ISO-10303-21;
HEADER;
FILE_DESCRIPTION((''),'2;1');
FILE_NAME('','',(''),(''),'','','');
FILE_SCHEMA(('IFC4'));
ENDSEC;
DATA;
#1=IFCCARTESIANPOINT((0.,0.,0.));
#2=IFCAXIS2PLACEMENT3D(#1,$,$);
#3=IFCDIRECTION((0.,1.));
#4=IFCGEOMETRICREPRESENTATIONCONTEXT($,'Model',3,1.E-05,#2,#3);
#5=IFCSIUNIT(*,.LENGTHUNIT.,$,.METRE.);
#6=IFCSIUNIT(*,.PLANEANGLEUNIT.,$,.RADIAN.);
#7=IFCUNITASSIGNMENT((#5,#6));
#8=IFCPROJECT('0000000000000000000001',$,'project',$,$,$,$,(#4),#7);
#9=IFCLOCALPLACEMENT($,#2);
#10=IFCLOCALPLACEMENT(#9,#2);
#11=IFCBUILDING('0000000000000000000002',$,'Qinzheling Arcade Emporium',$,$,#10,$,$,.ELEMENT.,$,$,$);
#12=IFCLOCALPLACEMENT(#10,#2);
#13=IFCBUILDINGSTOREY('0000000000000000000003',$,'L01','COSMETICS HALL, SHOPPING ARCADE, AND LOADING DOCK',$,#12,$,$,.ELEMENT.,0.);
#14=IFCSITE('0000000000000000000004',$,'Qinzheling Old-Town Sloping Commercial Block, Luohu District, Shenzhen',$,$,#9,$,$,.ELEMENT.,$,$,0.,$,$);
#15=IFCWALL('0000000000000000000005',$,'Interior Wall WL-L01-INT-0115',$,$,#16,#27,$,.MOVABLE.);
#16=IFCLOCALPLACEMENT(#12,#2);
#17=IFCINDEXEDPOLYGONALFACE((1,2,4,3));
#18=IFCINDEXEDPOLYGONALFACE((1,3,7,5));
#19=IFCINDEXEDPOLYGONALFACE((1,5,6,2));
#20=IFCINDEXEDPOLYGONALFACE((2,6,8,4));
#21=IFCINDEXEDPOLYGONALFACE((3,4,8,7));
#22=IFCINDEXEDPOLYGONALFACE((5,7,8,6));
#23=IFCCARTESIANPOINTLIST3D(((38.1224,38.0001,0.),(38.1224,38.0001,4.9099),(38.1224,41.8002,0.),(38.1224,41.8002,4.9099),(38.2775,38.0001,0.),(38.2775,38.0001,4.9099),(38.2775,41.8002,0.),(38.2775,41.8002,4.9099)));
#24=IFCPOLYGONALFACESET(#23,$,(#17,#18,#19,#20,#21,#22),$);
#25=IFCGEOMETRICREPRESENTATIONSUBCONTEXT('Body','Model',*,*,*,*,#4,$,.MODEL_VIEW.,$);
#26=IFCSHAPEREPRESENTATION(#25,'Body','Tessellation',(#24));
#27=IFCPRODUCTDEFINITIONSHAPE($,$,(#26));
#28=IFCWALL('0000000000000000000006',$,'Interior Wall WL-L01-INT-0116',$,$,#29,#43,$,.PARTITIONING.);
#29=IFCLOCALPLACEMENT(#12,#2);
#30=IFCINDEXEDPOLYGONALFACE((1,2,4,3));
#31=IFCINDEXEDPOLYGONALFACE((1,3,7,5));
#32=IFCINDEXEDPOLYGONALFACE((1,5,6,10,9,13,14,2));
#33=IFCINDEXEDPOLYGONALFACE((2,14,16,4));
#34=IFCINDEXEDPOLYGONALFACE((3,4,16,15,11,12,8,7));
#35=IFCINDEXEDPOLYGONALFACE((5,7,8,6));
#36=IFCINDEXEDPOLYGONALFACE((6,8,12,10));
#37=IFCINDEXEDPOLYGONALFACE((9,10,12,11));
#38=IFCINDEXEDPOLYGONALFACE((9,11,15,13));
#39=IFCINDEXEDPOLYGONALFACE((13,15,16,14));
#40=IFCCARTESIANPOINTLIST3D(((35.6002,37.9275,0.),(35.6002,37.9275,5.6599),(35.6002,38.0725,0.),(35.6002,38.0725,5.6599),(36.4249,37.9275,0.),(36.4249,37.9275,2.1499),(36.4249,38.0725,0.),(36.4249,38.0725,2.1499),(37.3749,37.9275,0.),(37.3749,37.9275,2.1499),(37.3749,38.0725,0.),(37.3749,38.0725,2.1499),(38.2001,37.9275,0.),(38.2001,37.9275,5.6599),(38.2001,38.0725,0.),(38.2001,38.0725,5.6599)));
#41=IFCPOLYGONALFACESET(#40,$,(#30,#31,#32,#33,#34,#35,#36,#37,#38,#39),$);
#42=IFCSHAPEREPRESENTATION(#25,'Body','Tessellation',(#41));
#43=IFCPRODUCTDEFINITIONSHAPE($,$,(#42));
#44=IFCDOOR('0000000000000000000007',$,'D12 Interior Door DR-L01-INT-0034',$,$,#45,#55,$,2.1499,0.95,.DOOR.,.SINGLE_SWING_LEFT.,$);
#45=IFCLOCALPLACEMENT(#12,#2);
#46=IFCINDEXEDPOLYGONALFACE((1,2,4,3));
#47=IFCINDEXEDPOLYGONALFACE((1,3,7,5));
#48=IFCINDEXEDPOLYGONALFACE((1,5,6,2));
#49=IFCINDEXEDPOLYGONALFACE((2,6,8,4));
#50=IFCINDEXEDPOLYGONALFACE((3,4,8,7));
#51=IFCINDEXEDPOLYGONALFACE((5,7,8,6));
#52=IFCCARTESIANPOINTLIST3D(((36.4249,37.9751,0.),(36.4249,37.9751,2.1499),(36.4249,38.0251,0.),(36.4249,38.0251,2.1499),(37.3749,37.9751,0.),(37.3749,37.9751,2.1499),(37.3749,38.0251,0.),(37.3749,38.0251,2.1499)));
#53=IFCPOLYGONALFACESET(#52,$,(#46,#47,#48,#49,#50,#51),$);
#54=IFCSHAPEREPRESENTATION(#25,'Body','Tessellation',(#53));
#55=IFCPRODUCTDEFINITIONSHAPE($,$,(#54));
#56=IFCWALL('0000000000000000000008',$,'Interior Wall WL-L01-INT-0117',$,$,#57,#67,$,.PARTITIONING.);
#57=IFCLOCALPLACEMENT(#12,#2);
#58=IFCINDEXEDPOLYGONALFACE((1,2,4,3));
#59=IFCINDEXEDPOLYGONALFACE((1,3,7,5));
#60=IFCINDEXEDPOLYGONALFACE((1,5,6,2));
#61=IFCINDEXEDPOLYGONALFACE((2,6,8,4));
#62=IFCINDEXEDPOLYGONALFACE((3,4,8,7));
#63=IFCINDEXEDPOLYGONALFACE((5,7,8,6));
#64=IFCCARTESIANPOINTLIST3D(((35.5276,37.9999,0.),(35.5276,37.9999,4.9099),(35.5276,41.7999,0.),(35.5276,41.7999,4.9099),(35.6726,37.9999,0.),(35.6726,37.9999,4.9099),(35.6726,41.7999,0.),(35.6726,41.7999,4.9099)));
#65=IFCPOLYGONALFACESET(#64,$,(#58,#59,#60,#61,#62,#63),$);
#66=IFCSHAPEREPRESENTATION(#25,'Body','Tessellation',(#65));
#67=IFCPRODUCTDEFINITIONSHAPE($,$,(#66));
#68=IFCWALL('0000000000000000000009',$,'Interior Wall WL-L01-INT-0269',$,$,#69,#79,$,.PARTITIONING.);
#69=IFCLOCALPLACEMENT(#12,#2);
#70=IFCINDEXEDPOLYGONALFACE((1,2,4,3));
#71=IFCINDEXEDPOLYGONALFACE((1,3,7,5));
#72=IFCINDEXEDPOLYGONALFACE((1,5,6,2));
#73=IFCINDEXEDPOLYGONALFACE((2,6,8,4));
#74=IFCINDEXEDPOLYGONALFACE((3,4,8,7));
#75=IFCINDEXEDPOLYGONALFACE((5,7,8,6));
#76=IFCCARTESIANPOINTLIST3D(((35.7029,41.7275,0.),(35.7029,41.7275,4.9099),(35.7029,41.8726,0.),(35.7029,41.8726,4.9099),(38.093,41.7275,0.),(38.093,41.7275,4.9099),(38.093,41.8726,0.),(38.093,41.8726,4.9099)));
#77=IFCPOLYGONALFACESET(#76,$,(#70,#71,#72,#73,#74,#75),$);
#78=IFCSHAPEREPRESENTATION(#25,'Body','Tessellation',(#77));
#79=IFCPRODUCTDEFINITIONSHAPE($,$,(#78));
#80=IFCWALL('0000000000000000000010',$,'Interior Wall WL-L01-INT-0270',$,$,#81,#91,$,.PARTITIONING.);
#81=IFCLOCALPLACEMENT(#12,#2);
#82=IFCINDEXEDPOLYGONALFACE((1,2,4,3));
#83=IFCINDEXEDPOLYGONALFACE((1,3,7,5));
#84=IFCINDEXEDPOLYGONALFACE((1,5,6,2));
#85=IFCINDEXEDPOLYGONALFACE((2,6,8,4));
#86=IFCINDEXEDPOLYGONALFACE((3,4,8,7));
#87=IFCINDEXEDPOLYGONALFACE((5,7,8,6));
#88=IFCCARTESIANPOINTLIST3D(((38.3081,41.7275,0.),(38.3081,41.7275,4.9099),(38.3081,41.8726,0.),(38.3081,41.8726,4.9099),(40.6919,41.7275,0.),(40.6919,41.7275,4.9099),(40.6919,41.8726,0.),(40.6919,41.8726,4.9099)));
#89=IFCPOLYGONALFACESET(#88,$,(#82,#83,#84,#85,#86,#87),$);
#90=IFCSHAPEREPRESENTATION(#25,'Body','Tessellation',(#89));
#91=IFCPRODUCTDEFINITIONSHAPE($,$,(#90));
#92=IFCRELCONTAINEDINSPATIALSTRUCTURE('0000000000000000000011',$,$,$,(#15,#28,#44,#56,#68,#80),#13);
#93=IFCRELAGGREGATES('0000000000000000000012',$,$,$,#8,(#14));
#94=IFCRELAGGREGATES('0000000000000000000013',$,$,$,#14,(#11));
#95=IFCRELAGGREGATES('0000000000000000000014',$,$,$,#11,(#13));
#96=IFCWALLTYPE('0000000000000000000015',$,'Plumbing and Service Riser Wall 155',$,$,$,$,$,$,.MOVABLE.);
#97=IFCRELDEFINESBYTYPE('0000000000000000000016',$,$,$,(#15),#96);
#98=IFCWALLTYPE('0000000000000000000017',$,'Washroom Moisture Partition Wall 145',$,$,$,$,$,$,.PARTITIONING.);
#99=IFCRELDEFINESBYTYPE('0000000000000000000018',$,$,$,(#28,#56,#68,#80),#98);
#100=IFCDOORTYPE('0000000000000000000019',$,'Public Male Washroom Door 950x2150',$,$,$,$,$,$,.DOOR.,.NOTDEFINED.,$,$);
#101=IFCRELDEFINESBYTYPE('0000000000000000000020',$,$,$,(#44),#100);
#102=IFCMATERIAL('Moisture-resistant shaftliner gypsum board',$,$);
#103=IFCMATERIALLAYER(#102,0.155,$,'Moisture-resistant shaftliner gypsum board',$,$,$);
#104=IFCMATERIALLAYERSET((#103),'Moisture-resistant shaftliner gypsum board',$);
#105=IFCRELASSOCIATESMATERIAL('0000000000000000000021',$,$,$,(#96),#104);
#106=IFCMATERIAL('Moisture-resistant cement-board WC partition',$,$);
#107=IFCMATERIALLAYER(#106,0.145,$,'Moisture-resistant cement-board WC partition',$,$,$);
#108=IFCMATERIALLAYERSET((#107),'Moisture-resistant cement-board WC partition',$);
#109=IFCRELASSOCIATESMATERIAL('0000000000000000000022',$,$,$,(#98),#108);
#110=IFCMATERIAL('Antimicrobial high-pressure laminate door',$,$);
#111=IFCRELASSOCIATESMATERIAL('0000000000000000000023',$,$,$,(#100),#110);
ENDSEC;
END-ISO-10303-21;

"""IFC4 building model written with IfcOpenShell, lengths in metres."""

from ifc_helpers import new_model, si_unit, direction, frame, frame_2d, origin, place, context, subcontext, project, spatial, rectangle, extrude, material, layer, layer_set, type_object, element, fill, save


model = new_model("IFC4")

# Units and contexts
model_context = context("Model", 3, precision=1e-05, world=origin(), true_north=direction((0.0, 1.0)))
body_context = subcontext(model_context, "Body", "Model", "MODEL_VIEW")
ifc_project = project(units=[si_unit("LENGTHUNIT", "METRE"), si_unit("PLANEANGLEUNIT", "RADIAN")], contexts=[model_context])

# Site, building, storey
site_placement = place(None, origin())
site = spatial("IfcSite", under=ifc_project, at=site_placement, Name="Qinzheling Old-Town Sloping Commercial Block, Luohu District, Shenzhen", CompositionType="ELEMENT", RefElevation=0.0)
building_placement = place(site_placement, origin())
building = spatial("IfcBuilding", under=site, at=building_placement, Name="Qinzheling Arcade Emporium", CompositionType="ELEMENT")
storey_placement = place(building_placement, origin())
storey = spatial("IfcBuildingStorey", under=building, at=storey_placement, Name="L01", Description="COSMETICS HALL, SHOPPING ARCADE, AND LOADING DOCK", CompositionType="ELEMENT", Elevation=0.0)

# Wall
ifc_material_1 = material(Name="Moisture-resistant shaftliner gypsum board")
ifc_layer_1 = layer(ifc_material_1, 0.155, Name="Moisture-resistant shaftliner gypsum board")
ifc_layer_set_1 = layer_set([ifc_layer_1], Name="Moisture-resistant shaftliner gypsum board")
wall_type_1 = type_object("IfcWallType", Name="Plumbing and Service Riser Wall 155", PredefinedType="MOVABLE", material=ifc_layer_set_1)
wall_1_placement = place(storey_placement, frame((38.2, 41.8, 0.0), z_axis=(0.0, 0.0, 1.0), x_axis=(0.0, -1.0, 0.0)))
element("IfcWall", 1, at=wall_1_placement, inside=storey, type_object=wall_type_1, Name="Interior Wall WL-L01-INT-0115", PredefinedType="MOVABLE", context=body_context, shape_type="SweptSolid", body=[
    extrude(rectangle(XDim=3.8, YDim=0.155, at=frame_2d((1.8999, 0.0))), origin(), (0.0, 0.0, 1.0), 4.9099),
])

# Wall, opening, door
ifc_material_2 = material(Name="Moisture-resistant cement-board WC partition")
ifc_layer_2 = layer(ifc_material_2, 0.145, Name="Moisture-resistant cement-board WC partition")
ifc_layer_set_2 = layer_set([ifc_layer_2], Name="Moisture-resistant cement-board WC partition")
wall_type_2 = type_object("IfcWallType", Name="Washroom Moisture Partition Wall 145", PredefinedType="PARTITIONING", material=ifc_layer_set_2)
wall_2_placement = place(storey_placement, frame((38.2, 38.0, 0.0), z_axis=(0.0, 0.0, 1.0), x_axis=(-1.0, 0.0, 0.0)))
wall_2 = element("IfcWall", 2, at=wall_2_placement, inside=storey, type_object=wall_type_2, Name="Interior Wall WL-L01-INT-0116", PredefinedType="PARTITIONING", context=body_context, shape_type="SweptSolid", body=[
    extrude(rectangle(XDim=2.5999, YDim=0.145, at=frame_2d((1.2998, 0.0))), origin(), (0.0, 0.0, 1.0), 5.6599),
])
opening_1_placement = place(wall_2_placement, frame((0.825, 0.0, 0.0)))
opening_1 = element("IfcOpeningElement", 3, at=opening_1_placement, cuts=wall_2, PredefinedType="OPENING", context=body_context, shape_type="SweptSolid", body=[
    extrude(rectangle(XDim=0.95, YDim=2.1499, at=frame_2d((0.4751, 1.075))), frame((0.0, 0.0825, 0.0), z_axis=(0.0, -1.0, 0.0), x_axis=(1.0, 0.0, 0.0)), (0.0, 0.0, 1.0), 0.165),
])
ifc_material_3 = material(Name="Antimicrobial high-pressure laminate door")
door_type_1 = type_object("IfcDoorType", Name="Public Male Washroom Door 950x2150", OperationType="NOTDEFINED", PredefinedType="DOOR", material=ifc_material_3)
door_1_placement = place(opening_1_placement, origin())
door_1 = element("IfcDoor", 4, at=door_1_placement, inside=storey, type_object=door_type_1, Name="D12 Interior Door DR-L01-INT-0034", OperationType="SINGLE_SWING_LEFT", OverallHeight=2.1499, OverallWidth=0.95, PredefinedType="DOOR", context=body_context, shape_type="SweptSolid", body=[
    extrude(rectangle(XDim=0.95, YDim=2.1499, at=frame_2d((0.4751, 1.075))), frame((0.0, 0.0249, 0.0), z_axis=(0.0, -1.0, 0.0), x_axis=(1.0, 0.0, 0.0)), (0.0, 0.0, 1.0), 0.05),
])
fill(opening_1, door_1)

# Walls
wall_3_placement = place(storey_placement, frame((35.6001, 38.0, 0.0), z_axis=(0.0, 0.0, 1.0), x_axis=(0.0, 1.0, 0.0)))
element("IfcWall", 5, at=wall_3_placement, inside=storey, type_object=wall_type_2, Name="Interior Wall WL-L01-INT-0117", PredefinedType="PARTITIONING", context=body_context, shape_type="SweptSolid", body=[
    extrude(rectangle(XDim=3.8, YDim=0.145, at=frame_2d((1.8999, 0.0))), origin(), (0.0, 0.0, 1.0), 4.9099),
])
wall_4_placement = place(storey_placement, frame((35.7029, 41.8, 0.0), z_axis=(0.0, 0.0, 1.0), x_axis=(1.0, 0.0, 0.0)))
element("IfcWall", 6, at=wall_4_placement, inside=storey, type_object=wall_type_2, Name="Interior Wall WL-L01-INT-0269", PredefinedType="PARTITIONING", context=body_context, shape_type="SweptSolid", body=[
    extrude(rectangle(XDim=2.3901, YDim=0.145, at=frame_2d((1.1951, 0.0))), origin(), (0.0, 0.0, 1.0), 4.9099),
])
wall_5_placement = place(storey_placement, frame((38.3081, 41.8, 0.0), z_axis=(0.0, 0.0, 1.0), x_axis=(1.0, 0.0, 0.0)))
element("IfcWall", 7, at=wall_5_placement, inside=storey, type_object=wall_type_2, Name="Interior Wall WL-L01-INT-0270", PredefinedType="PARTITIONING", context=body_context, shape_type="SweptSolid", body=[
    extrude(rectangle(XDim=2.3838, YDim=0.145, at=frame_2d((1.1919, 0.0))), origin(), (0.0, 0.0, 1.0), 4.9099),
])

save(model, "model.ifc")
